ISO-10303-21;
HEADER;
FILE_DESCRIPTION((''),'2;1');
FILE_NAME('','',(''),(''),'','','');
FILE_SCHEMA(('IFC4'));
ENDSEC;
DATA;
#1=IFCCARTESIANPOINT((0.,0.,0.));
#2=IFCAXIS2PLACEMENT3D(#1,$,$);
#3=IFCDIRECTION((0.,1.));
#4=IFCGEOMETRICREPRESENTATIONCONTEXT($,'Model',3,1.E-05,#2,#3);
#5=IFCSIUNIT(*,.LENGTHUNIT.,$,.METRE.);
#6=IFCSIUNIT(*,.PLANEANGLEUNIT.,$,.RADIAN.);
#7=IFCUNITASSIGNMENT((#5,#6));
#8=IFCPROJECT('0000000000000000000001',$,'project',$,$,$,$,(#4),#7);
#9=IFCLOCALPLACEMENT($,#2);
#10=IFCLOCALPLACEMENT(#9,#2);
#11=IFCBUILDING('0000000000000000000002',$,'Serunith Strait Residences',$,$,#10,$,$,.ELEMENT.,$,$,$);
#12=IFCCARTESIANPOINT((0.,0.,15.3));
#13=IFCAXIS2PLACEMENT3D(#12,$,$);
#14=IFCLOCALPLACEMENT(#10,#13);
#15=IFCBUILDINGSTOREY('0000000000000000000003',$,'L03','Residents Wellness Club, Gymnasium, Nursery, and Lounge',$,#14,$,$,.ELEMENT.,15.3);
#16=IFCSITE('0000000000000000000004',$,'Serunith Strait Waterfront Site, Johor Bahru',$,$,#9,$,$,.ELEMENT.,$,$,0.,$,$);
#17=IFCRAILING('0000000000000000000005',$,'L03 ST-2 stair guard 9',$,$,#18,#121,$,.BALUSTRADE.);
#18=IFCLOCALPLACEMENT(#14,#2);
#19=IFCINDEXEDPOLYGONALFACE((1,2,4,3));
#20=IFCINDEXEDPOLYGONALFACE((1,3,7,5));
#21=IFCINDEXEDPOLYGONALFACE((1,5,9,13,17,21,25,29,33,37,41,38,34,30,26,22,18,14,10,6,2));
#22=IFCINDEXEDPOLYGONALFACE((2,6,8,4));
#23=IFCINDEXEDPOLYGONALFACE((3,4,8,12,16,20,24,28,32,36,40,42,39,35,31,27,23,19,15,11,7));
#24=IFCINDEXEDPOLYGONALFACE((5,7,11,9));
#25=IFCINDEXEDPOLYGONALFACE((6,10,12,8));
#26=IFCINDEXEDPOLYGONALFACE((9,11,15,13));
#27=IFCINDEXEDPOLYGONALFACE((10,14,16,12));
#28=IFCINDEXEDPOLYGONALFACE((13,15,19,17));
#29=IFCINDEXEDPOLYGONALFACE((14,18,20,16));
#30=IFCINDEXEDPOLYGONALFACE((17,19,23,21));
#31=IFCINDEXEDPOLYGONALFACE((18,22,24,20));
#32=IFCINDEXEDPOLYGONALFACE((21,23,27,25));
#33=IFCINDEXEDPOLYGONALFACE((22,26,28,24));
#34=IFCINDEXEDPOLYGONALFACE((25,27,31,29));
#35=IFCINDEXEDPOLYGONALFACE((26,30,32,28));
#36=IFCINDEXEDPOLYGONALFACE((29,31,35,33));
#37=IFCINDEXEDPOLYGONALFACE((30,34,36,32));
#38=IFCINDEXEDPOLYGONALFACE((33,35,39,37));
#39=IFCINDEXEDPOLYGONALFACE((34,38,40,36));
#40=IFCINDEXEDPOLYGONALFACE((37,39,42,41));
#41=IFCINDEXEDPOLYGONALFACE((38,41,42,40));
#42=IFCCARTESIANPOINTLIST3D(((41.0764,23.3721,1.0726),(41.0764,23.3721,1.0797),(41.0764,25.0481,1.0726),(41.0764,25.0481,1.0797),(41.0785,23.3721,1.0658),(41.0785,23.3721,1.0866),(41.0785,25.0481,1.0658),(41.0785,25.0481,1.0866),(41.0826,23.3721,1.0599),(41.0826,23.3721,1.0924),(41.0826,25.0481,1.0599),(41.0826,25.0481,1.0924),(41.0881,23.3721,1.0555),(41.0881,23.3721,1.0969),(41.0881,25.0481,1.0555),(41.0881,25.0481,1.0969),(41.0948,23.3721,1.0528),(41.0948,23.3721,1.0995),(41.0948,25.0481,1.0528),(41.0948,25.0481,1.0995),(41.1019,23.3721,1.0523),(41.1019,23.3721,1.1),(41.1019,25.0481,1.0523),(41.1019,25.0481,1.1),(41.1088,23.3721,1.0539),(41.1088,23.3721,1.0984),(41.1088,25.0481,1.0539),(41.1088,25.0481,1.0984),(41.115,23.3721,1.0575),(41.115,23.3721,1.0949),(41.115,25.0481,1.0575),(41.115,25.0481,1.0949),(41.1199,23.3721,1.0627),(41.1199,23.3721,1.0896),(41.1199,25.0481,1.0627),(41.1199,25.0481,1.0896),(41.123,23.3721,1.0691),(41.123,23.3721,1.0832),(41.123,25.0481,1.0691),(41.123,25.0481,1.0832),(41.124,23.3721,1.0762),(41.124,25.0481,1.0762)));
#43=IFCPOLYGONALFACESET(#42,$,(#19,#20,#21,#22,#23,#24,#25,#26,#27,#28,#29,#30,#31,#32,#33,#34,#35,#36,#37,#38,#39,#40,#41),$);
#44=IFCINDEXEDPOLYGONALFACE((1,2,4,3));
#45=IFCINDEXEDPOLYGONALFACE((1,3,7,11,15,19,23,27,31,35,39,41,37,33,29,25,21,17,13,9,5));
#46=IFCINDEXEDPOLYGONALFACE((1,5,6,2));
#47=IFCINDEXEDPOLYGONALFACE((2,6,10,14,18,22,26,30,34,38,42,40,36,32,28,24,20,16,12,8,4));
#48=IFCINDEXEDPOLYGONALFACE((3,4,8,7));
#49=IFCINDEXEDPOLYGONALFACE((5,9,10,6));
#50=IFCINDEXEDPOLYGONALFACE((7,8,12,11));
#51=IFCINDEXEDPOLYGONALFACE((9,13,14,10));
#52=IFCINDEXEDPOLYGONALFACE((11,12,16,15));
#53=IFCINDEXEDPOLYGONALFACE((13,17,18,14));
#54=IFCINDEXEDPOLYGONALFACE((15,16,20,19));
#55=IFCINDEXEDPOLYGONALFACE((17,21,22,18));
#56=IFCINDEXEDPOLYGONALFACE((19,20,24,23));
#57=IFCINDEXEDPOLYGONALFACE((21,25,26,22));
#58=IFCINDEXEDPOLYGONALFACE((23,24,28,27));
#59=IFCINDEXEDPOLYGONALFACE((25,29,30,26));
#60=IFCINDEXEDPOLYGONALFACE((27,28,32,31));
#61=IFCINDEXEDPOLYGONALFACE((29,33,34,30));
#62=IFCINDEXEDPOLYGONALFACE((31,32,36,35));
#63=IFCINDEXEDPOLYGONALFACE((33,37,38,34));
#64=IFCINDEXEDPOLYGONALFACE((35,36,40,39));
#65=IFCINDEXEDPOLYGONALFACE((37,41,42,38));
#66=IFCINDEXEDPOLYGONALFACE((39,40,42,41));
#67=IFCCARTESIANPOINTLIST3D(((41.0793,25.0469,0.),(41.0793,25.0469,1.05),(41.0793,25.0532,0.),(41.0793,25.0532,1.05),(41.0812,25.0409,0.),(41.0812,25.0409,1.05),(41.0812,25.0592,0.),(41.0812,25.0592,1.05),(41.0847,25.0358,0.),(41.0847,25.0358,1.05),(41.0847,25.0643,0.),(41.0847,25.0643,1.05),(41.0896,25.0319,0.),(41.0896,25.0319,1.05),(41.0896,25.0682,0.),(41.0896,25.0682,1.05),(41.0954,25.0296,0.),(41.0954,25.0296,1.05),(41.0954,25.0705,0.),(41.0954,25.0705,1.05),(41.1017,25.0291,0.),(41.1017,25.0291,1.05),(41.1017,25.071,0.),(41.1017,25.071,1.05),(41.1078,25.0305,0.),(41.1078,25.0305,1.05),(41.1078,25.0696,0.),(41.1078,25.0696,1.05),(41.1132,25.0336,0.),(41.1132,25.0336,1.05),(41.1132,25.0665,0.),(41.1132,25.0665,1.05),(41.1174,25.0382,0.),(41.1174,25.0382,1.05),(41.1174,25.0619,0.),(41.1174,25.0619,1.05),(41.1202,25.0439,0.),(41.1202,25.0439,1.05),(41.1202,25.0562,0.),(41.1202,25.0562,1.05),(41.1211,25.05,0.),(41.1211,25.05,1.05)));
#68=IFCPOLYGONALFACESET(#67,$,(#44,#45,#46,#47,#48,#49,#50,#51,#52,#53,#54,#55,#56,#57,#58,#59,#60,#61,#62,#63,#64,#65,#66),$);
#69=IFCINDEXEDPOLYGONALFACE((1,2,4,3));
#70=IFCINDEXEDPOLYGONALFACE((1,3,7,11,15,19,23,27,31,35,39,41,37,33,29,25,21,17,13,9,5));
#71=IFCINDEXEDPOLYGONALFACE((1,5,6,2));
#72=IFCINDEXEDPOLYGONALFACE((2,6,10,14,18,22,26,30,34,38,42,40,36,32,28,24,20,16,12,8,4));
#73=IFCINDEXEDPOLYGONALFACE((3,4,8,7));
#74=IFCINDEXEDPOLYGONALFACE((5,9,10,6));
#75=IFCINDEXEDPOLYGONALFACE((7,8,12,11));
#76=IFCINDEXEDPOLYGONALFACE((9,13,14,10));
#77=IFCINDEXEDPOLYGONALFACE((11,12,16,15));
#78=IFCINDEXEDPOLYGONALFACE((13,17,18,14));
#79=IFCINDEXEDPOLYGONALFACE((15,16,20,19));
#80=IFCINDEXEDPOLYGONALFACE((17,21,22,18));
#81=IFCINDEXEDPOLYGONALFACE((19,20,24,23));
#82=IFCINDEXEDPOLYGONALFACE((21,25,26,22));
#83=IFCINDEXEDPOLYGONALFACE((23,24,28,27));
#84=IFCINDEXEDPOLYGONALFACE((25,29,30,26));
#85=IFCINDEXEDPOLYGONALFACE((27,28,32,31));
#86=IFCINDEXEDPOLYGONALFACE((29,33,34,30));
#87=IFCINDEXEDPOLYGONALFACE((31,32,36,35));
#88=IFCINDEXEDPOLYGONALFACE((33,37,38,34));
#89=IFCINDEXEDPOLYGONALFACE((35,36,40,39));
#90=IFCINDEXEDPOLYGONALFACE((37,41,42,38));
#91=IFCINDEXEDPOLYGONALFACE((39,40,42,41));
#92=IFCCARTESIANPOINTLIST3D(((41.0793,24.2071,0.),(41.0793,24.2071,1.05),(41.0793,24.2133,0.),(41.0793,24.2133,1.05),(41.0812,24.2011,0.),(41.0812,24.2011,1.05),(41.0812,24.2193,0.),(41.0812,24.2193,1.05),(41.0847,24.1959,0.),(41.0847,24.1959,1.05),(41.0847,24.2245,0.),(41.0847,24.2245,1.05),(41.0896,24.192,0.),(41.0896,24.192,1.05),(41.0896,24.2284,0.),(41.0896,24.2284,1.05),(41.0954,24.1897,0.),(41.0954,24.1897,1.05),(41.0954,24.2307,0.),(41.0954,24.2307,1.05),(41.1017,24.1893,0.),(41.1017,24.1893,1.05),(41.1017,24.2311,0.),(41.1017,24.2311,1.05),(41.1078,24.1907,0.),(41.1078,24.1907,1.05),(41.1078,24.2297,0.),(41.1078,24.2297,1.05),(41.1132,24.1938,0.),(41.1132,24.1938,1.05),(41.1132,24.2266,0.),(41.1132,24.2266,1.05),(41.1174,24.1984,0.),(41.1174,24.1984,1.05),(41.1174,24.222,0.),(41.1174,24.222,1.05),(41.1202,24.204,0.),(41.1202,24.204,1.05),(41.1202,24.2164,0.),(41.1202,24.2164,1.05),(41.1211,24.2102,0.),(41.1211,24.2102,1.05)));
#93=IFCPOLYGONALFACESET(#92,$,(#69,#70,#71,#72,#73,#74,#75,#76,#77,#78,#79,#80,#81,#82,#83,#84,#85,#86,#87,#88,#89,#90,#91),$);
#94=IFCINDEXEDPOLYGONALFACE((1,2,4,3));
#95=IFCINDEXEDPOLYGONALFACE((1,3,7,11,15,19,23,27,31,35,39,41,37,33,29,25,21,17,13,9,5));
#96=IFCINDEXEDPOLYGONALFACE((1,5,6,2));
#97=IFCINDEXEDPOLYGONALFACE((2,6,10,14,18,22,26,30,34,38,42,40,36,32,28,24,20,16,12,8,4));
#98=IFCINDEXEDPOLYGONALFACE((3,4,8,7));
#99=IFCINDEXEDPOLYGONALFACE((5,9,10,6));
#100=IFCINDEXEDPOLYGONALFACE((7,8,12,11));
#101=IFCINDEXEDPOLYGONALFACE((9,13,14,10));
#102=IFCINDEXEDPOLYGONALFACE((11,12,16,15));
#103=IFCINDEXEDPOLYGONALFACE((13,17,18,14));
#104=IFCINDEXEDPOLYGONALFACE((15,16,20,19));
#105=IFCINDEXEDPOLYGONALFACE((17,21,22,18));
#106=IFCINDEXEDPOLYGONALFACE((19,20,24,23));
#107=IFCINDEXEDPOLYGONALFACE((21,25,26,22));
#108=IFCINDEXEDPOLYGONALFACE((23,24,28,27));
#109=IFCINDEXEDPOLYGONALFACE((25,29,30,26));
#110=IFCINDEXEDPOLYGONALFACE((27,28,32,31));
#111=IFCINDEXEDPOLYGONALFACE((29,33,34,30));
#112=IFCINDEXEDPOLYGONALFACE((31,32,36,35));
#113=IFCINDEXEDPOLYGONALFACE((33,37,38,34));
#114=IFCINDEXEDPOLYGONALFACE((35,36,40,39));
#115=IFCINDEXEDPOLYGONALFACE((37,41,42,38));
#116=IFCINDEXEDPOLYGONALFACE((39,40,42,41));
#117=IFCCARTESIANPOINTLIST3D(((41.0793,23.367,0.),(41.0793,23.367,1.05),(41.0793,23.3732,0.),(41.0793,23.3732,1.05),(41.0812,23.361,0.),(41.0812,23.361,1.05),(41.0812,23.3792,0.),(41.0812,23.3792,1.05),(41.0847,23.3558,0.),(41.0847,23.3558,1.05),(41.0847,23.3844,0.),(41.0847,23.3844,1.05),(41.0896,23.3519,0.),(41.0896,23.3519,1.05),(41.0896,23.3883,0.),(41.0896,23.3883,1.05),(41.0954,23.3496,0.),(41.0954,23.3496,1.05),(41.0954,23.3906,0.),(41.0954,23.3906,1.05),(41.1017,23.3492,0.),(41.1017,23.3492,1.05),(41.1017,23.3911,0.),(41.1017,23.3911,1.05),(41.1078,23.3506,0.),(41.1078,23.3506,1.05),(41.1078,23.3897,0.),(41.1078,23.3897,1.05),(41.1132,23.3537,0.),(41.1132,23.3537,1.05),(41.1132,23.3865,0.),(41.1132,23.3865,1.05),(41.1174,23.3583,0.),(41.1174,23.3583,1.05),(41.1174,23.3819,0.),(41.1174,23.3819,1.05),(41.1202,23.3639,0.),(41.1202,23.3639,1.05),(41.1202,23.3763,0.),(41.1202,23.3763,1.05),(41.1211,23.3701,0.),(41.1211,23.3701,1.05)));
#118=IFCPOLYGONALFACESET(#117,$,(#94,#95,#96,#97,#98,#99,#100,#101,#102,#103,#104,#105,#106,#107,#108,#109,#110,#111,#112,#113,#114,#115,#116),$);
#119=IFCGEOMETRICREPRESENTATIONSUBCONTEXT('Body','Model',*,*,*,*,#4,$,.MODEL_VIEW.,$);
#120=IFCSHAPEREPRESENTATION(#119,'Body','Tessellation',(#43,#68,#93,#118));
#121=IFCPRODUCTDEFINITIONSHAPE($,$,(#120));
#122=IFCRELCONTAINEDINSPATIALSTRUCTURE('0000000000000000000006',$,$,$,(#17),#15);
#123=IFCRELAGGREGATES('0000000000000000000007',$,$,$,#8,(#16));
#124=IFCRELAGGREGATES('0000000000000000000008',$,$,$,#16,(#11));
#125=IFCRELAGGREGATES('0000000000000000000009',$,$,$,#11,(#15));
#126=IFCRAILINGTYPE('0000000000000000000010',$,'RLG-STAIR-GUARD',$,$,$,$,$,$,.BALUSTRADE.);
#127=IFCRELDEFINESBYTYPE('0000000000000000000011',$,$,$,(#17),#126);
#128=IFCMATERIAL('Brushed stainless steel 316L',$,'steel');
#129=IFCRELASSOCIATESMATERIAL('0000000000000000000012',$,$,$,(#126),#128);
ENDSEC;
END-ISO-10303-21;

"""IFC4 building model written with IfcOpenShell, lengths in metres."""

from ifc_helpers import new_model, si_unit, direction, frame, origin, origin_2d, place, context, subcontext, project, spatial, circle, extrude, material, type_object, element, save


model = new_model("IFC4")

# Units and contexts
model_context = context("Model", 3, precision=1e-05, world=origin(), true_north=direction((0.0, 1.0)))
body_context = subcontext(model_context, "Body", "Model", "MODEL_VIEW")
ifc_project = project(units=[si_unit("LENGTHUNIT", "METRE"), si_unit("PLANEANGLEUNIT", "RADIAN")], contexts=[model_context])

# Site, building, storey
site_placement = place(None, origin())
site = spatial("IfcSite", under=ifc_project, at=site_placement, Name="Serunith Strait Waterfront Site, Johor Bahru", CompositionType="ELEMENT", RefElevation=0.0)
building_placement = place(site_placement, origin())
building = spatial("IfcBuilding", under=site, at=building_placement, Name="Serunith Strait Residences", CompositionType="ELEMENT")
storey_placement = place(building_placement, frame((0.0, 0.0, 15.3)))
storey = spatial("IfcBuildingStorey", under=building, at=storey_placement, Name="L03", Description="Residents Wellness Club, Gymnasium, Nursery, and Lounge", CompositionType="ELEMENT", Elevation=15.3)

# Railing
ifc_material_1 = material(Name="Brushed stainless steel 316L", Category="steel")
railing_type_1 = type_object("IfcRailingType", Name="RLG-STAIR-GUARD", PredefinedType="BALUSTRADE", material=ifc_material_1)
for number, where, name in (
    (1, (41.1001, 25.05, 0.0), "L03 ST-2 stair guard 9"),
):
    element("IfcRailing", number, at=place(storey_placement, frame(where)), inside=storey, type_object=railing_type_1, Name=name, PredefinedType="BALUSTRADE", context=body_context, shape_type="SweptSolid", body=[
        extrude(circle(Radius=0.0239, at=origin_2d()), frame((0.0, -0.002, 1.0762), z_axis=(0.0, -1.0, 0.0), x_axis=(1.0, 0.0, 0.0)), (0.0, 0.0, 1.0), 1.676),
        extrude(circle(Radius=0.021, at=origin_2d()), origin(), (0.0, 0.0, 1.0), 1.05),
        extrude(circle(Radius=0.021, at=origin_2d()), frame((0.0, -0.8398, 0.0)), (0.0, 0.0, 1.0), 1.05),
        extrude(circle(Radius=0.021, at=origin_2d()), frame((0.0, -1.6799, 0.0)), (0.0, 0.0, 1.0), 1.05),
    ])

save(model, "model.ifc")
